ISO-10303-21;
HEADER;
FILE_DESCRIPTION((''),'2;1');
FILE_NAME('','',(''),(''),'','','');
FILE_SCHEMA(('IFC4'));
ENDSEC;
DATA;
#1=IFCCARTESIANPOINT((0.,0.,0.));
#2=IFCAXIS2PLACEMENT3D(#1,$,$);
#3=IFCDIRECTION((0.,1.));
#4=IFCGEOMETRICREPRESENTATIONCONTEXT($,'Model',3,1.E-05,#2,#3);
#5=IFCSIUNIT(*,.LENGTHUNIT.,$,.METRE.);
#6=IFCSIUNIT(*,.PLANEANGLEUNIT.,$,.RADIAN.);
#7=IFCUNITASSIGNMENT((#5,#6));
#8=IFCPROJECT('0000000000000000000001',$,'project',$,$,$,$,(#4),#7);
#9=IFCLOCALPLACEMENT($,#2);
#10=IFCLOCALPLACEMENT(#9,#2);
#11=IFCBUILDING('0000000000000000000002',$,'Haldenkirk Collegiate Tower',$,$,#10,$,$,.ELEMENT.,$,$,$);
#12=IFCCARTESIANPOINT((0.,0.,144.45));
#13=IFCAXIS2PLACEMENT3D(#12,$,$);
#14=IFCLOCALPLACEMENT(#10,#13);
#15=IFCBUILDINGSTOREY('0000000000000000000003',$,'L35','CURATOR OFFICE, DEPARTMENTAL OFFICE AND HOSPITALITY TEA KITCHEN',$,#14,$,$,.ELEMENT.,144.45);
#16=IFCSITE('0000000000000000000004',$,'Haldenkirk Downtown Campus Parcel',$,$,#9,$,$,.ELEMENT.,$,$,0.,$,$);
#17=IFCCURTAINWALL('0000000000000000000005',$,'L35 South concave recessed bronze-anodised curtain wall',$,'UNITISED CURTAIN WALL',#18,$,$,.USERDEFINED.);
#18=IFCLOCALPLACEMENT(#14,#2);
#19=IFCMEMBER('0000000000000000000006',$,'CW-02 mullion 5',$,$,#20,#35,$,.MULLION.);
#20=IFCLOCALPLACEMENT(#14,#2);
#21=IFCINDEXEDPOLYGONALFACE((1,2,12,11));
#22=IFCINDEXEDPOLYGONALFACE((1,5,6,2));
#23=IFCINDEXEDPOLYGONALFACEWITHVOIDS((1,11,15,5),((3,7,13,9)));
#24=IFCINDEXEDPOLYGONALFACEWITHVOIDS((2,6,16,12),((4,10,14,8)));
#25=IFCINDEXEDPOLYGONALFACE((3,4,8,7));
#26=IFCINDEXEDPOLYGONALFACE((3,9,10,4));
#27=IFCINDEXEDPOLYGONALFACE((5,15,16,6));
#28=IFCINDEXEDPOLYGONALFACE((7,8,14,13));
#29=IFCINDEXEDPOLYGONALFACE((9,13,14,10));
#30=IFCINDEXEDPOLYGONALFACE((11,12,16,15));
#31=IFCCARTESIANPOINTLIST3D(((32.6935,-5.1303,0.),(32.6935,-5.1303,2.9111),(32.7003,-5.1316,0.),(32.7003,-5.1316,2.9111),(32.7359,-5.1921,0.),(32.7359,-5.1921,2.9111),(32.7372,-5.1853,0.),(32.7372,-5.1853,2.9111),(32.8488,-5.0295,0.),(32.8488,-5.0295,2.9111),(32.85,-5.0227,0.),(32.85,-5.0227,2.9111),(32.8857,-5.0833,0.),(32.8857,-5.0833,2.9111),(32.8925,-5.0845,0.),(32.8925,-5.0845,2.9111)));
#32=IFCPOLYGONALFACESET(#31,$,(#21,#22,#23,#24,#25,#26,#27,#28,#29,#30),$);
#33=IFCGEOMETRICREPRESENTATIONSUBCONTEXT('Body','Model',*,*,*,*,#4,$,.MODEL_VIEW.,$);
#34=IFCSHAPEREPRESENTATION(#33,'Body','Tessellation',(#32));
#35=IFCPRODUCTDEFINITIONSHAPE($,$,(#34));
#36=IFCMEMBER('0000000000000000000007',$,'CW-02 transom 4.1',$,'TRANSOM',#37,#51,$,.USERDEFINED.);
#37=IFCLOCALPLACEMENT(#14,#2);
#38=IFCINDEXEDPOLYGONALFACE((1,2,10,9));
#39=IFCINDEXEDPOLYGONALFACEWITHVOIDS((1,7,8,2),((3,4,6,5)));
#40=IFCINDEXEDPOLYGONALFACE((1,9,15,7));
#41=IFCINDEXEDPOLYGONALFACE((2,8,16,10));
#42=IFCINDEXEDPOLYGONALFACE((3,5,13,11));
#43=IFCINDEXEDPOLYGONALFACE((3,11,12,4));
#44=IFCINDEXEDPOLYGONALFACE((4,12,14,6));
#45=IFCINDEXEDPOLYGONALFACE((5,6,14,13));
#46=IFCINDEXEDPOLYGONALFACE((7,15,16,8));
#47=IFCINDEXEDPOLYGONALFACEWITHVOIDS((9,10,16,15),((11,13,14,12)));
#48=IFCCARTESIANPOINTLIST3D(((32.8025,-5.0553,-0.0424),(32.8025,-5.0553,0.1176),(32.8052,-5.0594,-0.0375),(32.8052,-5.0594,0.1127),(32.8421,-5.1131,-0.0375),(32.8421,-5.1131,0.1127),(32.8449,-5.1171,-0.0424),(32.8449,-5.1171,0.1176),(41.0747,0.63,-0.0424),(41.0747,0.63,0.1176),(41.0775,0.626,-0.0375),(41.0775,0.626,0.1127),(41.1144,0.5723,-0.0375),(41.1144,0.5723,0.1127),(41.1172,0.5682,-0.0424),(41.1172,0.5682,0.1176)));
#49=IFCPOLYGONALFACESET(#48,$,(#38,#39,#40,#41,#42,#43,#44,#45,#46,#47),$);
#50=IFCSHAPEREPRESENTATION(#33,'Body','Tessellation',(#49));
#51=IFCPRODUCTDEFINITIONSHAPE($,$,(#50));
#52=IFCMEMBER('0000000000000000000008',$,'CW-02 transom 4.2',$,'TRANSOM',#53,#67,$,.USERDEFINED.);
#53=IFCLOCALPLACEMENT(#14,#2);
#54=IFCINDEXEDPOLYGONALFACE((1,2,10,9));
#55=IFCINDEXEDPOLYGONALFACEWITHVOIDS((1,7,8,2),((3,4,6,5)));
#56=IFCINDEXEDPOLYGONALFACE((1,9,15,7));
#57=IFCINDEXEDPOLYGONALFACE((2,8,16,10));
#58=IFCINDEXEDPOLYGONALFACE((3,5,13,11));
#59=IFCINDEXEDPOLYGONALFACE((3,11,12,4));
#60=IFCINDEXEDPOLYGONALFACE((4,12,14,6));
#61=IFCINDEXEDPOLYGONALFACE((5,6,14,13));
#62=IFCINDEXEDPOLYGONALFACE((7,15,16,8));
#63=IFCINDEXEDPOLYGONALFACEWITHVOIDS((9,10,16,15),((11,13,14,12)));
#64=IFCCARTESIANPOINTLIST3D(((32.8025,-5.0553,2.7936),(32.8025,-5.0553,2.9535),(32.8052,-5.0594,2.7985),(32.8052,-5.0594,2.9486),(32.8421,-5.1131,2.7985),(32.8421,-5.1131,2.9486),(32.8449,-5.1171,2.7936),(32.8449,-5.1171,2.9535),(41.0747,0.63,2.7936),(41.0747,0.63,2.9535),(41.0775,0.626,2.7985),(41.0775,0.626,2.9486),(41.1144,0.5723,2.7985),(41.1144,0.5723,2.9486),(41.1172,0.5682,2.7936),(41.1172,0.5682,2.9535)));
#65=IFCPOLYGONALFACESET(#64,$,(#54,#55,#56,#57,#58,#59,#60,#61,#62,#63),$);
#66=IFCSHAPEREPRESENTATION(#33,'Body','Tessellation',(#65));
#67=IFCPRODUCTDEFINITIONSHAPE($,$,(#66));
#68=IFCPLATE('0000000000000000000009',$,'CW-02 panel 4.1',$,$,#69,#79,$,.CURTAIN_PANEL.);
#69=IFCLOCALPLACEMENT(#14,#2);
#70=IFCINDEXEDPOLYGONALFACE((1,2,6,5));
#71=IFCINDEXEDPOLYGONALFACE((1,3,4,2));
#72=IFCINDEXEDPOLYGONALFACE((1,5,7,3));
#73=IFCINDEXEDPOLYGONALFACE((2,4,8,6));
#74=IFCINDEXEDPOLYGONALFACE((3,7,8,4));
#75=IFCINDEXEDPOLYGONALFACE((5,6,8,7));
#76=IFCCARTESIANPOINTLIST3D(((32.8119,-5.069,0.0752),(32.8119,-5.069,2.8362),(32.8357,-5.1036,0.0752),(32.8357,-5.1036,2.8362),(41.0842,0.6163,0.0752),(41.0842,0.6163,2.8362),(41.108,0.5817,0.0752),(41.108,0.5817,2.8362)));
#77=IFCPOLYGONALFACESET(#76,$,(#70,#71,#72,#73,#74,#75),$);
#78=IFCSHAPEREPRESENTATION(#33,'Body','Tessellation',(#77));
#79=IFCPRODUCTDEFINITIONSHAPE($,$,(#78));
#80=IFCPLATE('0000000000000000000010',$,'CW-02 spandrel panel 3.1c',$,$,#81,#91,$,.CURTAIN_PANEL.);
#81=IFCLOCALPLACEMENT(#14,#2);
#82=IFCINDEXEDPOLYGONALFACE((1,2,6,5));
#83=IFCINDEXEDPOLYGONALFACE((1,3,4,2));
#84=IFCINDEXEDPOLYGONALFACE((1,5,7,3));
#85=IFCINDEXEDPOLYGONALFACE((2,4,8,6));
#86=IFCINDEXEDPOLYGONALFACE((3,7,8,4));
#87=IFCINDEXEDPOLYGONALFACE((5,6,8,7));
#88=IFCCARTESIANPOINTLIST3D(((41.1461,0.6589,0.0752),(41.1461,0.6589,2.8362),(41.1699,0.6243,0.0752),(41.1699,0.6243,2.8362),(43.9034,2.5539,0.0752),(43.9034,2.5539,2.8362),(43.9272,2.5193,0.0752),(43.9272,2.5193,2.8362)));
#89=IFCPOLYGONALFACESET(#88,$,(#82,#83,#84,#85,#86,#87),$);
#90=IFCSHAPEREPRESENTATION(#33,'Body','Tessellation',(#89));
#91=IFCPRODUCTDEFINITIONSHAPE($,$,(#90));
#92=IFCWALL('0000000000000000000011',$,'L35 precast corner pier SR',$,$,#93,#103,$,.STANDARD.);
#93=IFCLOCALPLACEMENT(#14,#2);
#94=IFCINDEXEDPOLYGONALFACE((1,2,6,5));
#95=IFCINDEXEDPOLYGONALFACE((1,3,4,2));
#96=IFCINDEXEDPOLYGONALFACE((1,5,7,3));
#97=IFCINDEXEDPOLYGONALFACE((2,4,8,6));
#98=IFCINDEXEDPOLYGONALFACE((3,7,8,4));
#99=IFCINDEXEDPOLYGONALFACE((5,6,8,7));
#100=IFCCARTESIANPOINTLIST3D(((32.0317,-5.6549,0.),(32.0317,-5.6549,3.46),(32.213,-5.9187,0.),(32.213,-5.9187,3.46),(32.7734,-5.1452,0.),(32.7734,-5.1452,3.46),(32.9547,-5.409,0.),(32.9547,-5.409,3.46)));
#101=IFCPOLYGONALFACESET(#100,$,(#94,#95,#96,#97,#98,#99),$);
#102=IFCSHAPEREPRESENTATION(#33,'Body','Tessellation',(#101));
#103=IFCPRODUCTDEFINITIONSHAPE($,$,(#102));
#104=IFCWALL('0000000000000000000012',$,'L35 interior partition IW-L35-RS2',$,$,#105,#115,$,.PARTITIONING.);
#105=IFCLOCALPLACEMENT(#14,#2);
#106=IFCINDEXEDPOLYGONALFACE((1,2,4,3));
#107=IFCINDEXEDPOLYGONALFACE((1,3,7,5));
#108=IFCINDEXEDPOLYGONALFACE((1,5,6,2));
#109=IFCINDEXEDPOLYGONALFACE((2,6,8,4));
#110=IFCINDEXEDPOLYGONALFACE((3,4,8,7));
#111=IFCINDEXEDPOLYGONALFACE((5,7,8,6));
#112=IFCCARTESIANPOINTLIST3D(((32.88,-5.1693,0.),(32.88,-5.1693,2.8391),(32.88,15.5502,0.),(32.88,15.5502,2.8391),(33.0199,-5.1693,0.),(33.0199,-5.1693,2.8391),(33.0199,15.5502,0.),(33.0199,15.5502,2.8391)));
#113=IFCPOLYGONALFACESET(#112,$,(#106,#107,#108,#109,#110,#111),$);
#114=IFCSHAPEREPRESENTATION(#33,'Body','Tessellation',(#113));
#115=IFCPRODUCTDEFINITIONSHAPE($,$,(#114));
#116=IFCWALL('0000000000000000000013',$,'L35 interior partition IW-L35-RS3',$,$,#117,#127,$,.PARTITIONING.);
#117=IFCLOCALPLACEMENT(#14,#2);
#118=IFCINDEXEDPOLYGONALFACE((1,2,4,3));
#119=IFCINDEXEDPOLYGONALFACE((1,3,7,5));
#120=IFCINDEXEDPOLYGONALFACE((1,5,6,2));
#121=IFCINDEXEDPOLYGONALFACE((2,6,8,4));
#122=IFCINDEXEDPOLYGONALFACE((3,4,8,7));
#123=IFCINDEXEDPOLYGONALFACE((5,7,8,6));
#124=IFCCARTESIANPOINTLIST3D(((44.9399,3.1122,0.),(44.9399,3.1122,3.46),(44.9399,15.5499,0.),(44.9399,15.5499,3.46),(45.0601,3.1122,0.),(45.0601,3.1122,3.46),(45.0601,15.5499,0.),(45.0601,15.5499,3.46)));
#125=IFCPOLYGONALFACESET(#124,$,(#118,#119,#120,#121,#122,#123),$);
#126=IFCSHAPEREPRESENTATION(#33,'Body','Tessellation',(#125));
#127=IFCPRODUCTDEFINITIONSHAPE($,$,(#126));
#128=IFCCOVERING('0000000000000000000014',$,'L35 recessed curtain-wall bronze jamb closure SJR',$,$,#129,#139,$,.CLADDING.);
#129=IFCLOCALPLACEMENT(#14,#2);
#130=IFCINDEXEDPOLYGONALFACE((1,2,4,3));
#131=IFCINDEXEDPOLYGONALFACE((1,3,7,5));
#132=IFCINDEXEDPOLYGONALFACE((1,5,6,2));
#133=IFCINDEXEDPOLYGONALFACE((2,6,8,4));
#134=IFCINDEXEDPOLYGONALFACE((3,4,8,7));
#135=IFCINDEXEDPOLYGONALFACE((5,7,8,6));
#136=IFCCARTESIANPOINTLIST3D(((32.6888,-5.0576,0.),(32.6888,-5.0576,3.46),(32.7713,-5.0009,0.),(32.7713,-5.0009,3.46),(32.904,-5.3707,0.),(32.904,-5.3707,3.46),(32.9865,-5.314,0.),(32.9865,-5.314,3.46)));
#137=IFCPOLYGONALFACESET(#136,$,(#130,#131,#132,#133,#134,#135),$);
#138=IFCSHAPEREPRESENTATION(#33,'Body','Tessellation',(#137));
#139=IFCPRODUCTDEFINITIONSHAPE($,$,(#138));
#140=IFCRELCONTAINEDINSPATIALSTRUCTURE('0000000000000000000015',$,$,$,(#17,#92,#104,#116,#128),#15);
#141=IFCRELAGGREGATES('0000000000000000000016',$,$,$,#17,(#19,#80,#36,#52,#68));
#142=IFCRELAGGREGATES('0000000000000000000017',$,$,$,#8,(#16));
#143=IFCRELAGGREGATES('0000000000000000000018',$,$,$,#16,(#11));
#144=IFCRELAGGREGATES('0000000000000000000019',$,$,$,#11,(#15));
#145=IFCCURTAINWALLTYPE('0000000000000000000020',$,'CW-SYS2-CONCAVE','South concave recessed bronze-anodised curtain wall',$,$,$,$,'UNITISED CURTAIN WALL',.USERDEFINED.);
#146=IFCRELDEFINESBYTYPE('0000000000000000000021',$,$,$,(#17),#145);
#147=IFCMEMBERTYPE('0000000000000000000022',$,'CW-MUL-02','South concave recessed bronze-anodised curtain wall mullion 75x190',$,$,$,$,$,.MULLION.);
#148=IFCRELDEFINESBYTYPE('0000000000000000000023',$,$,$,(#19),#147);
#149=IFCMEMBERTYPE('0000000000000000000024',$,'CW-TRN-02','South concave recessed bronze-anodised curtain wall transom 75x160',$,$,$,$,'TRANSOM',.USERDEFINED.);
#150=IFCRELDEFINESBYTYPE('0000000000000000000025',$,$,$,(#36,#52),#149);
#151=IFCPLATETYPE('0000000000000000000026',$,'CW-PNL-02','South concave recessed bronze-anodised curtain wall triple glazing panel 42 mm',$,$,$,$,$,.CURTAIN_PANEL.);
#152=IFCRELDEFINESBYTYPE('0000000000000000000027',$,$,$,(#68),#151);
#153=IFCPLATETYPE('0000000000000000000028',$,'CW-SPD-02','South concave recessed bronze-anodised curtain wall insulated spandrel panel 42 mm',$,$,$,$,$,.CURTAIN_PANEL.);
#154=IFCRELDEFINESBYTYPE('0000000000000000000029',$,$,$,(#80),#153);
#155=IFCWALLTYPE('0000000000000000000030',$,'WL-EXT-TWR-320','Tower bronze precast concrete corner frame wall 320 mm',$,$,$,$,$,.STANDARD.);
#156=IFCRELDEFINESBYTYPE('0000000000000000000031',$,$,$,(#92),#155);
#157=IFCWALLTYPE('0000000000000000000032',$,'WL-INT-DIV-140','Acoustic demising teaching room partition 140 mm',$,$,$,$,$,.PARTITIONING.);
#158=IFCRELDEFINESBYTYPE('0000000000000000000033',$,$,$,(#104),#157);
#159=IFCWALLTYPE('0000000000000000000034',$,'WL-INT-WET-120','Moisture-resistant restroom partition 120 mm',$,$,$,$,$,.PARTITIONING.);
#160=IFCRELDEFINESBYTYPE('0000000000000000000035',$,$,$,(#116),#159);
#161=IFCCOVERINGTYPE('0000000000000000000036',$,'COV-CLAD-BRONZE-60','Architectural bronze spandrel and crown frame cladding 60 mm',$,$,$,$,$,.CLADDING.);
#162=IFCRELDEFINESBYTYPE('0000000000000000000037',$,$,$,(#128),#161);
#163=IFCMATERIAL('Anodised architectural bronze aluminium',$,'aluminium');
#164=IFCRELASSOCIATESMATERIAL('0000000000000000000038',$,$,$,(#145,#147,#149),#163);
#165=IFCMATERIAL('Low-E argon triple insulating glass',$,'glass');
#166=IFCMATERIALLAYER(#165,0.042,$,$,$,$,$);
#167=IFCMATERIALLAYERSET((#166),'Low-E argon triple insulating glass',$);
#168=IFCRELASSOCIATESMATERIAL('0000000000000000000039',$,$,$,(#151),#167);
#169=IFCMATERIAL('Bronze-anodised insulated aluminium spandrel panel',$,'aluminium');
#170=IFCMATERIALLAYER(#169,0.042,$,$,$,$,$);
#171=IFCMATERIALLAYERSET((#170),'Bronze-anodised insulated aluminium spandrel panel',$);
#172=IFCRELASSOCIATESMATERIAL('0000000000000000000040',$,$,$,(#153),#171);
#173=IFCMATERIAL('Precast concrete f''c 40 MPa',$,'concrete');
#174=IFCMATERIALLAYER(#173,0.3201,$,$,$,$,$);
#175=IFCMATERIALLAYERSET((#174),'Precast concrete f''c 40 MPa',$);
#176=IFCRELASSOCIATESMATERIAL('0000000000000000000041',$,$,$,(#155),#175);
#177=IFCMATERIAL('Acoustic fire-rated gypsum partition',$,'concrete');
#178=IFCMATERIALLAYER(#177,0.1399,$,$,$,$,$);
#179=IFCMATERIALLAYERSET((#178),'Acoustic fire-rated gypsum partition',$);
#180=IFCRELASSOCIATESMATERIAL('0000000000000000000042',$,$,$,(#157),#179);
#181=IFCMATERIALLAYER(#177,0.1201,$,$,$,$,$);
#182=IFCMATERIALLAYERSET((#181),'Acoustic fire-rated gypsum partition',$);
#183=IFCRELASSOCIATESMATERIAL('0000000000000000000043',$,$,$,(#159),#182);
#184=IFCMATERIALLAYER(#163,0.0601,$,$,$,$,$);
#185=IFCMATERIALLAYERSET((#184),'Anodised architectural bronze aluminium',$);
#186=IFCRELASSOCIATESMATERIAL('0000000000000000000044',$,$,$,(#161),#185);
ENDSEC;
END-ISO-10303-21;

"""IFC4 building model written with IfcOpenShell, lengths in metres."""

from ifc_helpers import new_model, si_unit, direction, frame, frame_2d, origin, origin_2d, place, context, subcontext, project, spatial, rectangle, hollow_rectangle, extrude, source, transform, mapped, material, layer, layer_set, material_profile, profile_set, type_object, element, aggregate, save


model = new_model("IFC4")

# Units and contexts
model_context = context("Model", 3, precision=1e-05, world=origin(), true_north=direction((0.0, 1.0)))
body_context = subcontext(model_context, "Body", "Model", "MODEL_VIEW")
ifc_project = project(units=[si_unit("LENGTHUNIT", "METRE"), si_unit("PLANEANGLEUNIT", "RADIAN")], contexts=[model_context])

# Site, building, storey
site_placement = place(None, origin())
site = spatial("IfcSite", under=ifc_project, at=site_placement, Name="Haldenkirk Downtown Campus Parcel", CompositionType="ELEMENT", RefElevation=0.0)
building_placement = place(site_placement, origin())
building = spatial("IfcBuilding", under=site, at=building_placement, Name="Haldenkirk Collegiate Tower", CompositionType="ELEMENT")
storey_placement = place(building_placement, frame((0.0, 0.0, 144.45)))
storey = spatial("IfcBuildingStorey", under=building, at=storey_placement, Name="L35", Description="CURATOR OFFICE, DEPARTMENTAL OFFICE AND HOSPITALITY TEA KITCHEN", CompositionType="ELEMENT", Elevation=144.45)

# Curtain wall, members, plates
ifc_material_1 = material(Name="Anodised architectural bronze aluminium", Category="aluminium")
curtain_wall_type = type_object("IfcCurtainWallType", Name="CW-SYS2-CONCAVE", Description="South concave recessed bronze-anodised curtain wall", ElementType="UNITISED CURTAIN WALL", PredefinedType="USERDEFINED", material=ifc_material_1)
curtain_wall_placement = place(storey_placement, origin())
curtain_wall = element("IfcCurtainWall", 1, at=curtain_wall_placement, inside=storey, type_object=curtain_wall_type, Name="L35 South concave recessed bronze-anodised curtain wall", ObjectType="UNITISED CURTAIN WALL", PredefinedType="USERDEFINED")
ifc_material_profile_1 = material_profile(ifc_material_1, hollow_rectangle(XDim=0.075, YDim=0.1899, WallThickness=0.0049, at=origin_2d()), Name="CW-MUL-02")
ifc_profile_set_1 = profile_set([ifc_material_profile_1], Name="Anodised architectural bronze aluminium")
member_type_1 = type_object("IfcMemberType", Name="CW-MUL-02", Description="South concave recessed bronze-anodised curtain wall mullion 75x190", PredefinedType="MULLION", material=ifc_profile_set_1)
member_1_placement = place(storey_placement, frame((32.793, -5.1074, 0.0), z_axis=(0.0, 0.0, 1.0), x_axis=(0.566405, -0.824127, 0.0)))
member_1 = element("IfcMember", 2, at=member_1_placement, type_object=member_type_1, Name="CW-02 mullion 5", PredefinedType="MULLION", context=body_context, shape_type="SweptSolid", body=[
    extrude(hollow_rectangle(XDim=0.075, YDim=0.1899, WallThickness=0.0049, at=origin_2d()), origin(), (0.0, 0.0, 1.0), 2.9111),
])
ifc_material_profile_2 = material_profile(ifc_material_1, hollow_rectangle(XDim=0.075, YDim=0.1599, WallThickness=0.0049, at=origin_2d()), Name="CW-TRN-02")
ifc_profile_set_2 = profile_set([ifc_material_profile_2], Name="Anodised architectural bronze aluminium")
member_type_2 = type_object("IfcMemberType", Name="CW-TRN-02", Description="South concave recessed bronze-anodised curtain wall transom 75x160", ElementType="TRANSOM", PredefinedType="USERDEFINED", material=ifc_profile_set_2)
member_2_placement = place(storey_placement, frame((41.0959, 0.5991, 0.0376), z_axis=(-0.824128, -0.566404, 0.0), x_axis=(0.566404, -0.824128, 0.0)))
member_2 = element("IfcMember", 3, at=member_2_placement, type_object=member_type_2, Name="CW-02 transom 4.1", ObjectType="TRANSOM", PredefinedType="USERDEFINED", context=body_context, shape_type="SweptSolid", body=[
    extrude(hollow_rectangle(XDim=0.075, YDim=0.1599, WallThickness=0.0049, at=origin_2d()), origin(), (0.0, 0.0, 1.0), 10.0376),
])
member_3_placement = place(storey_placement, frame((41.0959, 0.5991, 2.8735), z_axis=(-0.824128, -0.566404, 0.0), x_axis=(0.566404, -0.824128, 0.0)))
member_3 = element("IfcMember", 4, at=member_3_placement, type_object=member_type_2, Name="CW-02 transom 4.2", ObjectType="TRANSOM", PredefinedType="USERDEFINED", context=body_context, shape_type="SweptSolid", body=[
    extrude(hollow_rectangle(XDim=0.075, YDim=0.1599, WallThickness=0.0049, at=origin_2d()), origin(), (0.0, 0.0, 1.0), 10.0376),
])
ifc_material_2 = material(Name="Low-E argon triple insulating glass", Category="glass")
ifc_layer_1 = layer(ifc_material_2, 0.042)
ifc_layer_set_1 = layer_set([ifc_layer_1], Name="Low-E argon triple insulating glass")
plate_type_1 = type_object("IfcPlateType", Name="CW-PNL-02", Description="South concave recessed bronze-anodised curtain wall triple glazing panel 42 mm", PredefinedType="CURTAIN_PANEL", material=ifc_layer_set_1)
shared_shape_1 = source(origin(), body_context, "Body", "SweptSolid", [
    extrude(rectangle(XDim=10.0376, YDim=0.042, at=origin_2d()), origin(), (0.0, 0.0, 1.0), 2.761),
])
plate_1_placement = place(storey_placement, frame((36.96, -2.2437, 0.0752), z_axis=(0.0, 0.0, 1.0), x_axis=(-0.824127, -0.566405, 0.0)))
plate_1 = element("IfcPlate", 5, at=plate_1_placement, type_object=plate_type_1, Name="CW-02 panel 4.1", PredefinedType="CURTAIN_PANEL", context=body_context, shape_type="MappedRepresentation", body=[
    mapped(shared_shape_1, transform((0.0, 0.0, 0.0), x_axis=(1.0, 0.0, 0.0), y_axis=(0.0, 1.0, 0.0), z_axis=(0.0, 0.0, 1.0), scale=1.0)),
])
ifc_material_3 = material(Name="Bronze-anodised insulated aluminium spandrel panel", Category="aluminium")
ifc_layer_2 = layer(ifc_material_3, 0.042)
ifc_layer_set_2 = layer_set([ifc_layer_2], Name="Bronze-anodised insulated aluminium spandrel panel")
plate_type_2 = type_object("IfcPlateType", Name="CW-SPD-02", Description="South concave recessed bronze-anodised curtain wall insulated spandrel panel 42 mm", PredefinedType="CURTAIN_PANEL", material=ifc_layer_set_2)
shared_shape_2 = source(origin(), body_context, "Body", "SweptSolid", [
    extrude(rectangle(XDim=3.3457, YDim=0.042, at=origin_2d()), origin(), (0.0, 0.0, 1.0), 2.761),
])
plate_2_placement = place(storey_placement, frame((42.5366, 1.5891, 0.0752), z_axis=(0.0, 0.0, 1.0), x_axis=(-0.824127, -0.566405, 0.0)))
plate_2 = element("IfcPlate", 6, at=plate_2_placement, type_object=plate_type_2, Name="CW-02 spandrel panel 3.1c", PredefinedType="CURTAIN_PANEL", context=body_context, shape_type="MappedRepresentation", body=[
    mapped(shared_shape_2, transform((0.0, 0.0, 0.0), x_axis=(1.0, 0.0, 0.0), y_axis=(0.0, 1.0, 0.0), z_axis=(0.0, 0.0, 1.0), scale=1.0)),
])
aggregate(curtain_wall, [member_1, plate_2, member_2, member_3, plate_1])

# Walls
ifc_material_4 = material(Name="Precast concrete f'c 40 MPa", Category="concrete")
ifc_layer_3 = layer(ifc_material_4, 0.3201)
ifc_layer_set_3 = layer_set([ifc_layer_3], Name="Precast concrete f'c 40 MPa")
wall_type_1 = type_object("IfcWallType", Name="WL-EXT-TWR-320", Description="Tower bronze precast concrete corner frame wall 320 mm", PredefinedType="STANDARD", material=ifc_layer_set_3)
wall_1_placement = place(storey_placement, frame((32.864, -5.2771, 0.0), z_axis=(0.0, 0.0, 1.0), x_axis=(-0.824121, -0.566414, 0.0)))
element("IfcWall", 7, at=wall_1_placement, inside=storey, type_object=wall_type_1, Name="L35 precast corner pier SR", PredefinedType="STANDARD", context=body_context, shape_type="SweptSolid", body=[
    extrude(rectangle(XDim=0.8999, YDim=0.3201, at=frame_2d((0.45, 0.0))), origin(), (0.0, 0.0, 1.0), 3.46),
])
ifc_material_5 = material(Name="Acoustic fire-rated gypsum partition", Category="concrete")
ifc_layer_4 = layer(ifc_material_5, 0.1399)
ifc_layer_set_4 = layer_set([ifc_layer_4], Name="Acoustic fire-rated gypsum partition")
wall_type_2 = type_object("IfcWallType", Name="WL-INT-DIV-140", Description="Acoustic demising teaching room partition 140 mm", PredefinedType="PARTITIONING", material=ifc_layer_set_4)
wall_2_placement = place(storey_placement, frame((32.95, -5.1694, 0.0), z_axis=(0.0, 0.0, 1.0), x_axis=(0.0, 1.0, 0.0)))
element("IfcWall", 8, at=wall_2_placement, inside=storey, type_object=wall_type_2, Name="L35 interior partition IW-L35-RS2", PredefinedType="PARTITIONING", context=body_context, shape_type="SweptSolid", body=[
    extrude(rectangle(XDim=20.7195, YDim=0.1399, at=frame_2d((10.3599, 0.0))), origin(), (0.0, 0.0, 1.0), 2.8391),
])
ifc_layer_5 = layer(ifc_material_5, 0.1201)
ifc_layer_set_5 = layer_set([ifc_layer_5], Name="Acoustic fire-rated gypsum partition")
wall_type_3 = type_object("IfcWallType", Name="WL-INT-WET-120", Description="Moisture-resistant restroom partition 120 mm", PredefinedType="PARTITIONING", material=ifc_layer_set_5)
wall_3_placement = place(storey_placement, frame((45.0, 3.1123, 0.0), z_axis=(0.0, 0.0, 1.0), x_axis=(0.0, 1.0, 0.0)))
element("IfcWall", 9, at=wall_3_placement, inside=storey, type_object=wall_type_3, Name="L35 interior partition IW-L35-RS3", PredefinedType="PARTITIONING", context=body_context, shape_type="SweptSolid", body=[
    extrude(rectangle(XDim=12.4377, YDim=0.1201, at=frame_2d((6.2188, 0.0))), origin(), (0.0, 0.0, 1.0), 3.46),
])

# Covering
ifc_layer_6 = layer(ifc_material_1, 0.0601)
ifc_layer_set_6 = layer_set([ifc_layer_6], Name="Anodised architectural bronze aluminium")
covering_type = type_object("IfcCoveringType", Name="COV-CLAD-BRONZE-60", Description="Architectural bronze spandrel and crown frame cladding 60 mm", PredefinedType="CLADDING", material=ifc_layer_set_6)
shared_shape_3 = source(origin(), body_context, "Body", "SweptSolid", [
    extrude(rectangle(XDim=0.1001, YDim=0.3799, at=origin_2d()), origin(), (0.0, 0.0, 1.0), 3.46),
])
covering_placement = place(storey_placement, frame((32.8376, -5.1858, 0.0), z_axis=(0.0, 0.0, 1.0), x_axis=(-0.824126, -0.566406, 0.0)))
element("IfcCovering", 10, at=covering_placement, inside=storey, type_object=covering_type, Name="L35 recessed curtain-wall bronze jamb closure SJR", PredefinedType="CLADDING", context=body_context, shape_type="MappedRepresentation", body=[
    mapped(shared_shape_3, transform((0.0, 0.0, 0.0), x_axis=(1.0, 0.0, 0.0), y_axis=(0.0, 1.0, 0.0), z_axis=(0.0, 0.0, 1.0), scale=1.0)),
])

save(model, "model.ifc")
